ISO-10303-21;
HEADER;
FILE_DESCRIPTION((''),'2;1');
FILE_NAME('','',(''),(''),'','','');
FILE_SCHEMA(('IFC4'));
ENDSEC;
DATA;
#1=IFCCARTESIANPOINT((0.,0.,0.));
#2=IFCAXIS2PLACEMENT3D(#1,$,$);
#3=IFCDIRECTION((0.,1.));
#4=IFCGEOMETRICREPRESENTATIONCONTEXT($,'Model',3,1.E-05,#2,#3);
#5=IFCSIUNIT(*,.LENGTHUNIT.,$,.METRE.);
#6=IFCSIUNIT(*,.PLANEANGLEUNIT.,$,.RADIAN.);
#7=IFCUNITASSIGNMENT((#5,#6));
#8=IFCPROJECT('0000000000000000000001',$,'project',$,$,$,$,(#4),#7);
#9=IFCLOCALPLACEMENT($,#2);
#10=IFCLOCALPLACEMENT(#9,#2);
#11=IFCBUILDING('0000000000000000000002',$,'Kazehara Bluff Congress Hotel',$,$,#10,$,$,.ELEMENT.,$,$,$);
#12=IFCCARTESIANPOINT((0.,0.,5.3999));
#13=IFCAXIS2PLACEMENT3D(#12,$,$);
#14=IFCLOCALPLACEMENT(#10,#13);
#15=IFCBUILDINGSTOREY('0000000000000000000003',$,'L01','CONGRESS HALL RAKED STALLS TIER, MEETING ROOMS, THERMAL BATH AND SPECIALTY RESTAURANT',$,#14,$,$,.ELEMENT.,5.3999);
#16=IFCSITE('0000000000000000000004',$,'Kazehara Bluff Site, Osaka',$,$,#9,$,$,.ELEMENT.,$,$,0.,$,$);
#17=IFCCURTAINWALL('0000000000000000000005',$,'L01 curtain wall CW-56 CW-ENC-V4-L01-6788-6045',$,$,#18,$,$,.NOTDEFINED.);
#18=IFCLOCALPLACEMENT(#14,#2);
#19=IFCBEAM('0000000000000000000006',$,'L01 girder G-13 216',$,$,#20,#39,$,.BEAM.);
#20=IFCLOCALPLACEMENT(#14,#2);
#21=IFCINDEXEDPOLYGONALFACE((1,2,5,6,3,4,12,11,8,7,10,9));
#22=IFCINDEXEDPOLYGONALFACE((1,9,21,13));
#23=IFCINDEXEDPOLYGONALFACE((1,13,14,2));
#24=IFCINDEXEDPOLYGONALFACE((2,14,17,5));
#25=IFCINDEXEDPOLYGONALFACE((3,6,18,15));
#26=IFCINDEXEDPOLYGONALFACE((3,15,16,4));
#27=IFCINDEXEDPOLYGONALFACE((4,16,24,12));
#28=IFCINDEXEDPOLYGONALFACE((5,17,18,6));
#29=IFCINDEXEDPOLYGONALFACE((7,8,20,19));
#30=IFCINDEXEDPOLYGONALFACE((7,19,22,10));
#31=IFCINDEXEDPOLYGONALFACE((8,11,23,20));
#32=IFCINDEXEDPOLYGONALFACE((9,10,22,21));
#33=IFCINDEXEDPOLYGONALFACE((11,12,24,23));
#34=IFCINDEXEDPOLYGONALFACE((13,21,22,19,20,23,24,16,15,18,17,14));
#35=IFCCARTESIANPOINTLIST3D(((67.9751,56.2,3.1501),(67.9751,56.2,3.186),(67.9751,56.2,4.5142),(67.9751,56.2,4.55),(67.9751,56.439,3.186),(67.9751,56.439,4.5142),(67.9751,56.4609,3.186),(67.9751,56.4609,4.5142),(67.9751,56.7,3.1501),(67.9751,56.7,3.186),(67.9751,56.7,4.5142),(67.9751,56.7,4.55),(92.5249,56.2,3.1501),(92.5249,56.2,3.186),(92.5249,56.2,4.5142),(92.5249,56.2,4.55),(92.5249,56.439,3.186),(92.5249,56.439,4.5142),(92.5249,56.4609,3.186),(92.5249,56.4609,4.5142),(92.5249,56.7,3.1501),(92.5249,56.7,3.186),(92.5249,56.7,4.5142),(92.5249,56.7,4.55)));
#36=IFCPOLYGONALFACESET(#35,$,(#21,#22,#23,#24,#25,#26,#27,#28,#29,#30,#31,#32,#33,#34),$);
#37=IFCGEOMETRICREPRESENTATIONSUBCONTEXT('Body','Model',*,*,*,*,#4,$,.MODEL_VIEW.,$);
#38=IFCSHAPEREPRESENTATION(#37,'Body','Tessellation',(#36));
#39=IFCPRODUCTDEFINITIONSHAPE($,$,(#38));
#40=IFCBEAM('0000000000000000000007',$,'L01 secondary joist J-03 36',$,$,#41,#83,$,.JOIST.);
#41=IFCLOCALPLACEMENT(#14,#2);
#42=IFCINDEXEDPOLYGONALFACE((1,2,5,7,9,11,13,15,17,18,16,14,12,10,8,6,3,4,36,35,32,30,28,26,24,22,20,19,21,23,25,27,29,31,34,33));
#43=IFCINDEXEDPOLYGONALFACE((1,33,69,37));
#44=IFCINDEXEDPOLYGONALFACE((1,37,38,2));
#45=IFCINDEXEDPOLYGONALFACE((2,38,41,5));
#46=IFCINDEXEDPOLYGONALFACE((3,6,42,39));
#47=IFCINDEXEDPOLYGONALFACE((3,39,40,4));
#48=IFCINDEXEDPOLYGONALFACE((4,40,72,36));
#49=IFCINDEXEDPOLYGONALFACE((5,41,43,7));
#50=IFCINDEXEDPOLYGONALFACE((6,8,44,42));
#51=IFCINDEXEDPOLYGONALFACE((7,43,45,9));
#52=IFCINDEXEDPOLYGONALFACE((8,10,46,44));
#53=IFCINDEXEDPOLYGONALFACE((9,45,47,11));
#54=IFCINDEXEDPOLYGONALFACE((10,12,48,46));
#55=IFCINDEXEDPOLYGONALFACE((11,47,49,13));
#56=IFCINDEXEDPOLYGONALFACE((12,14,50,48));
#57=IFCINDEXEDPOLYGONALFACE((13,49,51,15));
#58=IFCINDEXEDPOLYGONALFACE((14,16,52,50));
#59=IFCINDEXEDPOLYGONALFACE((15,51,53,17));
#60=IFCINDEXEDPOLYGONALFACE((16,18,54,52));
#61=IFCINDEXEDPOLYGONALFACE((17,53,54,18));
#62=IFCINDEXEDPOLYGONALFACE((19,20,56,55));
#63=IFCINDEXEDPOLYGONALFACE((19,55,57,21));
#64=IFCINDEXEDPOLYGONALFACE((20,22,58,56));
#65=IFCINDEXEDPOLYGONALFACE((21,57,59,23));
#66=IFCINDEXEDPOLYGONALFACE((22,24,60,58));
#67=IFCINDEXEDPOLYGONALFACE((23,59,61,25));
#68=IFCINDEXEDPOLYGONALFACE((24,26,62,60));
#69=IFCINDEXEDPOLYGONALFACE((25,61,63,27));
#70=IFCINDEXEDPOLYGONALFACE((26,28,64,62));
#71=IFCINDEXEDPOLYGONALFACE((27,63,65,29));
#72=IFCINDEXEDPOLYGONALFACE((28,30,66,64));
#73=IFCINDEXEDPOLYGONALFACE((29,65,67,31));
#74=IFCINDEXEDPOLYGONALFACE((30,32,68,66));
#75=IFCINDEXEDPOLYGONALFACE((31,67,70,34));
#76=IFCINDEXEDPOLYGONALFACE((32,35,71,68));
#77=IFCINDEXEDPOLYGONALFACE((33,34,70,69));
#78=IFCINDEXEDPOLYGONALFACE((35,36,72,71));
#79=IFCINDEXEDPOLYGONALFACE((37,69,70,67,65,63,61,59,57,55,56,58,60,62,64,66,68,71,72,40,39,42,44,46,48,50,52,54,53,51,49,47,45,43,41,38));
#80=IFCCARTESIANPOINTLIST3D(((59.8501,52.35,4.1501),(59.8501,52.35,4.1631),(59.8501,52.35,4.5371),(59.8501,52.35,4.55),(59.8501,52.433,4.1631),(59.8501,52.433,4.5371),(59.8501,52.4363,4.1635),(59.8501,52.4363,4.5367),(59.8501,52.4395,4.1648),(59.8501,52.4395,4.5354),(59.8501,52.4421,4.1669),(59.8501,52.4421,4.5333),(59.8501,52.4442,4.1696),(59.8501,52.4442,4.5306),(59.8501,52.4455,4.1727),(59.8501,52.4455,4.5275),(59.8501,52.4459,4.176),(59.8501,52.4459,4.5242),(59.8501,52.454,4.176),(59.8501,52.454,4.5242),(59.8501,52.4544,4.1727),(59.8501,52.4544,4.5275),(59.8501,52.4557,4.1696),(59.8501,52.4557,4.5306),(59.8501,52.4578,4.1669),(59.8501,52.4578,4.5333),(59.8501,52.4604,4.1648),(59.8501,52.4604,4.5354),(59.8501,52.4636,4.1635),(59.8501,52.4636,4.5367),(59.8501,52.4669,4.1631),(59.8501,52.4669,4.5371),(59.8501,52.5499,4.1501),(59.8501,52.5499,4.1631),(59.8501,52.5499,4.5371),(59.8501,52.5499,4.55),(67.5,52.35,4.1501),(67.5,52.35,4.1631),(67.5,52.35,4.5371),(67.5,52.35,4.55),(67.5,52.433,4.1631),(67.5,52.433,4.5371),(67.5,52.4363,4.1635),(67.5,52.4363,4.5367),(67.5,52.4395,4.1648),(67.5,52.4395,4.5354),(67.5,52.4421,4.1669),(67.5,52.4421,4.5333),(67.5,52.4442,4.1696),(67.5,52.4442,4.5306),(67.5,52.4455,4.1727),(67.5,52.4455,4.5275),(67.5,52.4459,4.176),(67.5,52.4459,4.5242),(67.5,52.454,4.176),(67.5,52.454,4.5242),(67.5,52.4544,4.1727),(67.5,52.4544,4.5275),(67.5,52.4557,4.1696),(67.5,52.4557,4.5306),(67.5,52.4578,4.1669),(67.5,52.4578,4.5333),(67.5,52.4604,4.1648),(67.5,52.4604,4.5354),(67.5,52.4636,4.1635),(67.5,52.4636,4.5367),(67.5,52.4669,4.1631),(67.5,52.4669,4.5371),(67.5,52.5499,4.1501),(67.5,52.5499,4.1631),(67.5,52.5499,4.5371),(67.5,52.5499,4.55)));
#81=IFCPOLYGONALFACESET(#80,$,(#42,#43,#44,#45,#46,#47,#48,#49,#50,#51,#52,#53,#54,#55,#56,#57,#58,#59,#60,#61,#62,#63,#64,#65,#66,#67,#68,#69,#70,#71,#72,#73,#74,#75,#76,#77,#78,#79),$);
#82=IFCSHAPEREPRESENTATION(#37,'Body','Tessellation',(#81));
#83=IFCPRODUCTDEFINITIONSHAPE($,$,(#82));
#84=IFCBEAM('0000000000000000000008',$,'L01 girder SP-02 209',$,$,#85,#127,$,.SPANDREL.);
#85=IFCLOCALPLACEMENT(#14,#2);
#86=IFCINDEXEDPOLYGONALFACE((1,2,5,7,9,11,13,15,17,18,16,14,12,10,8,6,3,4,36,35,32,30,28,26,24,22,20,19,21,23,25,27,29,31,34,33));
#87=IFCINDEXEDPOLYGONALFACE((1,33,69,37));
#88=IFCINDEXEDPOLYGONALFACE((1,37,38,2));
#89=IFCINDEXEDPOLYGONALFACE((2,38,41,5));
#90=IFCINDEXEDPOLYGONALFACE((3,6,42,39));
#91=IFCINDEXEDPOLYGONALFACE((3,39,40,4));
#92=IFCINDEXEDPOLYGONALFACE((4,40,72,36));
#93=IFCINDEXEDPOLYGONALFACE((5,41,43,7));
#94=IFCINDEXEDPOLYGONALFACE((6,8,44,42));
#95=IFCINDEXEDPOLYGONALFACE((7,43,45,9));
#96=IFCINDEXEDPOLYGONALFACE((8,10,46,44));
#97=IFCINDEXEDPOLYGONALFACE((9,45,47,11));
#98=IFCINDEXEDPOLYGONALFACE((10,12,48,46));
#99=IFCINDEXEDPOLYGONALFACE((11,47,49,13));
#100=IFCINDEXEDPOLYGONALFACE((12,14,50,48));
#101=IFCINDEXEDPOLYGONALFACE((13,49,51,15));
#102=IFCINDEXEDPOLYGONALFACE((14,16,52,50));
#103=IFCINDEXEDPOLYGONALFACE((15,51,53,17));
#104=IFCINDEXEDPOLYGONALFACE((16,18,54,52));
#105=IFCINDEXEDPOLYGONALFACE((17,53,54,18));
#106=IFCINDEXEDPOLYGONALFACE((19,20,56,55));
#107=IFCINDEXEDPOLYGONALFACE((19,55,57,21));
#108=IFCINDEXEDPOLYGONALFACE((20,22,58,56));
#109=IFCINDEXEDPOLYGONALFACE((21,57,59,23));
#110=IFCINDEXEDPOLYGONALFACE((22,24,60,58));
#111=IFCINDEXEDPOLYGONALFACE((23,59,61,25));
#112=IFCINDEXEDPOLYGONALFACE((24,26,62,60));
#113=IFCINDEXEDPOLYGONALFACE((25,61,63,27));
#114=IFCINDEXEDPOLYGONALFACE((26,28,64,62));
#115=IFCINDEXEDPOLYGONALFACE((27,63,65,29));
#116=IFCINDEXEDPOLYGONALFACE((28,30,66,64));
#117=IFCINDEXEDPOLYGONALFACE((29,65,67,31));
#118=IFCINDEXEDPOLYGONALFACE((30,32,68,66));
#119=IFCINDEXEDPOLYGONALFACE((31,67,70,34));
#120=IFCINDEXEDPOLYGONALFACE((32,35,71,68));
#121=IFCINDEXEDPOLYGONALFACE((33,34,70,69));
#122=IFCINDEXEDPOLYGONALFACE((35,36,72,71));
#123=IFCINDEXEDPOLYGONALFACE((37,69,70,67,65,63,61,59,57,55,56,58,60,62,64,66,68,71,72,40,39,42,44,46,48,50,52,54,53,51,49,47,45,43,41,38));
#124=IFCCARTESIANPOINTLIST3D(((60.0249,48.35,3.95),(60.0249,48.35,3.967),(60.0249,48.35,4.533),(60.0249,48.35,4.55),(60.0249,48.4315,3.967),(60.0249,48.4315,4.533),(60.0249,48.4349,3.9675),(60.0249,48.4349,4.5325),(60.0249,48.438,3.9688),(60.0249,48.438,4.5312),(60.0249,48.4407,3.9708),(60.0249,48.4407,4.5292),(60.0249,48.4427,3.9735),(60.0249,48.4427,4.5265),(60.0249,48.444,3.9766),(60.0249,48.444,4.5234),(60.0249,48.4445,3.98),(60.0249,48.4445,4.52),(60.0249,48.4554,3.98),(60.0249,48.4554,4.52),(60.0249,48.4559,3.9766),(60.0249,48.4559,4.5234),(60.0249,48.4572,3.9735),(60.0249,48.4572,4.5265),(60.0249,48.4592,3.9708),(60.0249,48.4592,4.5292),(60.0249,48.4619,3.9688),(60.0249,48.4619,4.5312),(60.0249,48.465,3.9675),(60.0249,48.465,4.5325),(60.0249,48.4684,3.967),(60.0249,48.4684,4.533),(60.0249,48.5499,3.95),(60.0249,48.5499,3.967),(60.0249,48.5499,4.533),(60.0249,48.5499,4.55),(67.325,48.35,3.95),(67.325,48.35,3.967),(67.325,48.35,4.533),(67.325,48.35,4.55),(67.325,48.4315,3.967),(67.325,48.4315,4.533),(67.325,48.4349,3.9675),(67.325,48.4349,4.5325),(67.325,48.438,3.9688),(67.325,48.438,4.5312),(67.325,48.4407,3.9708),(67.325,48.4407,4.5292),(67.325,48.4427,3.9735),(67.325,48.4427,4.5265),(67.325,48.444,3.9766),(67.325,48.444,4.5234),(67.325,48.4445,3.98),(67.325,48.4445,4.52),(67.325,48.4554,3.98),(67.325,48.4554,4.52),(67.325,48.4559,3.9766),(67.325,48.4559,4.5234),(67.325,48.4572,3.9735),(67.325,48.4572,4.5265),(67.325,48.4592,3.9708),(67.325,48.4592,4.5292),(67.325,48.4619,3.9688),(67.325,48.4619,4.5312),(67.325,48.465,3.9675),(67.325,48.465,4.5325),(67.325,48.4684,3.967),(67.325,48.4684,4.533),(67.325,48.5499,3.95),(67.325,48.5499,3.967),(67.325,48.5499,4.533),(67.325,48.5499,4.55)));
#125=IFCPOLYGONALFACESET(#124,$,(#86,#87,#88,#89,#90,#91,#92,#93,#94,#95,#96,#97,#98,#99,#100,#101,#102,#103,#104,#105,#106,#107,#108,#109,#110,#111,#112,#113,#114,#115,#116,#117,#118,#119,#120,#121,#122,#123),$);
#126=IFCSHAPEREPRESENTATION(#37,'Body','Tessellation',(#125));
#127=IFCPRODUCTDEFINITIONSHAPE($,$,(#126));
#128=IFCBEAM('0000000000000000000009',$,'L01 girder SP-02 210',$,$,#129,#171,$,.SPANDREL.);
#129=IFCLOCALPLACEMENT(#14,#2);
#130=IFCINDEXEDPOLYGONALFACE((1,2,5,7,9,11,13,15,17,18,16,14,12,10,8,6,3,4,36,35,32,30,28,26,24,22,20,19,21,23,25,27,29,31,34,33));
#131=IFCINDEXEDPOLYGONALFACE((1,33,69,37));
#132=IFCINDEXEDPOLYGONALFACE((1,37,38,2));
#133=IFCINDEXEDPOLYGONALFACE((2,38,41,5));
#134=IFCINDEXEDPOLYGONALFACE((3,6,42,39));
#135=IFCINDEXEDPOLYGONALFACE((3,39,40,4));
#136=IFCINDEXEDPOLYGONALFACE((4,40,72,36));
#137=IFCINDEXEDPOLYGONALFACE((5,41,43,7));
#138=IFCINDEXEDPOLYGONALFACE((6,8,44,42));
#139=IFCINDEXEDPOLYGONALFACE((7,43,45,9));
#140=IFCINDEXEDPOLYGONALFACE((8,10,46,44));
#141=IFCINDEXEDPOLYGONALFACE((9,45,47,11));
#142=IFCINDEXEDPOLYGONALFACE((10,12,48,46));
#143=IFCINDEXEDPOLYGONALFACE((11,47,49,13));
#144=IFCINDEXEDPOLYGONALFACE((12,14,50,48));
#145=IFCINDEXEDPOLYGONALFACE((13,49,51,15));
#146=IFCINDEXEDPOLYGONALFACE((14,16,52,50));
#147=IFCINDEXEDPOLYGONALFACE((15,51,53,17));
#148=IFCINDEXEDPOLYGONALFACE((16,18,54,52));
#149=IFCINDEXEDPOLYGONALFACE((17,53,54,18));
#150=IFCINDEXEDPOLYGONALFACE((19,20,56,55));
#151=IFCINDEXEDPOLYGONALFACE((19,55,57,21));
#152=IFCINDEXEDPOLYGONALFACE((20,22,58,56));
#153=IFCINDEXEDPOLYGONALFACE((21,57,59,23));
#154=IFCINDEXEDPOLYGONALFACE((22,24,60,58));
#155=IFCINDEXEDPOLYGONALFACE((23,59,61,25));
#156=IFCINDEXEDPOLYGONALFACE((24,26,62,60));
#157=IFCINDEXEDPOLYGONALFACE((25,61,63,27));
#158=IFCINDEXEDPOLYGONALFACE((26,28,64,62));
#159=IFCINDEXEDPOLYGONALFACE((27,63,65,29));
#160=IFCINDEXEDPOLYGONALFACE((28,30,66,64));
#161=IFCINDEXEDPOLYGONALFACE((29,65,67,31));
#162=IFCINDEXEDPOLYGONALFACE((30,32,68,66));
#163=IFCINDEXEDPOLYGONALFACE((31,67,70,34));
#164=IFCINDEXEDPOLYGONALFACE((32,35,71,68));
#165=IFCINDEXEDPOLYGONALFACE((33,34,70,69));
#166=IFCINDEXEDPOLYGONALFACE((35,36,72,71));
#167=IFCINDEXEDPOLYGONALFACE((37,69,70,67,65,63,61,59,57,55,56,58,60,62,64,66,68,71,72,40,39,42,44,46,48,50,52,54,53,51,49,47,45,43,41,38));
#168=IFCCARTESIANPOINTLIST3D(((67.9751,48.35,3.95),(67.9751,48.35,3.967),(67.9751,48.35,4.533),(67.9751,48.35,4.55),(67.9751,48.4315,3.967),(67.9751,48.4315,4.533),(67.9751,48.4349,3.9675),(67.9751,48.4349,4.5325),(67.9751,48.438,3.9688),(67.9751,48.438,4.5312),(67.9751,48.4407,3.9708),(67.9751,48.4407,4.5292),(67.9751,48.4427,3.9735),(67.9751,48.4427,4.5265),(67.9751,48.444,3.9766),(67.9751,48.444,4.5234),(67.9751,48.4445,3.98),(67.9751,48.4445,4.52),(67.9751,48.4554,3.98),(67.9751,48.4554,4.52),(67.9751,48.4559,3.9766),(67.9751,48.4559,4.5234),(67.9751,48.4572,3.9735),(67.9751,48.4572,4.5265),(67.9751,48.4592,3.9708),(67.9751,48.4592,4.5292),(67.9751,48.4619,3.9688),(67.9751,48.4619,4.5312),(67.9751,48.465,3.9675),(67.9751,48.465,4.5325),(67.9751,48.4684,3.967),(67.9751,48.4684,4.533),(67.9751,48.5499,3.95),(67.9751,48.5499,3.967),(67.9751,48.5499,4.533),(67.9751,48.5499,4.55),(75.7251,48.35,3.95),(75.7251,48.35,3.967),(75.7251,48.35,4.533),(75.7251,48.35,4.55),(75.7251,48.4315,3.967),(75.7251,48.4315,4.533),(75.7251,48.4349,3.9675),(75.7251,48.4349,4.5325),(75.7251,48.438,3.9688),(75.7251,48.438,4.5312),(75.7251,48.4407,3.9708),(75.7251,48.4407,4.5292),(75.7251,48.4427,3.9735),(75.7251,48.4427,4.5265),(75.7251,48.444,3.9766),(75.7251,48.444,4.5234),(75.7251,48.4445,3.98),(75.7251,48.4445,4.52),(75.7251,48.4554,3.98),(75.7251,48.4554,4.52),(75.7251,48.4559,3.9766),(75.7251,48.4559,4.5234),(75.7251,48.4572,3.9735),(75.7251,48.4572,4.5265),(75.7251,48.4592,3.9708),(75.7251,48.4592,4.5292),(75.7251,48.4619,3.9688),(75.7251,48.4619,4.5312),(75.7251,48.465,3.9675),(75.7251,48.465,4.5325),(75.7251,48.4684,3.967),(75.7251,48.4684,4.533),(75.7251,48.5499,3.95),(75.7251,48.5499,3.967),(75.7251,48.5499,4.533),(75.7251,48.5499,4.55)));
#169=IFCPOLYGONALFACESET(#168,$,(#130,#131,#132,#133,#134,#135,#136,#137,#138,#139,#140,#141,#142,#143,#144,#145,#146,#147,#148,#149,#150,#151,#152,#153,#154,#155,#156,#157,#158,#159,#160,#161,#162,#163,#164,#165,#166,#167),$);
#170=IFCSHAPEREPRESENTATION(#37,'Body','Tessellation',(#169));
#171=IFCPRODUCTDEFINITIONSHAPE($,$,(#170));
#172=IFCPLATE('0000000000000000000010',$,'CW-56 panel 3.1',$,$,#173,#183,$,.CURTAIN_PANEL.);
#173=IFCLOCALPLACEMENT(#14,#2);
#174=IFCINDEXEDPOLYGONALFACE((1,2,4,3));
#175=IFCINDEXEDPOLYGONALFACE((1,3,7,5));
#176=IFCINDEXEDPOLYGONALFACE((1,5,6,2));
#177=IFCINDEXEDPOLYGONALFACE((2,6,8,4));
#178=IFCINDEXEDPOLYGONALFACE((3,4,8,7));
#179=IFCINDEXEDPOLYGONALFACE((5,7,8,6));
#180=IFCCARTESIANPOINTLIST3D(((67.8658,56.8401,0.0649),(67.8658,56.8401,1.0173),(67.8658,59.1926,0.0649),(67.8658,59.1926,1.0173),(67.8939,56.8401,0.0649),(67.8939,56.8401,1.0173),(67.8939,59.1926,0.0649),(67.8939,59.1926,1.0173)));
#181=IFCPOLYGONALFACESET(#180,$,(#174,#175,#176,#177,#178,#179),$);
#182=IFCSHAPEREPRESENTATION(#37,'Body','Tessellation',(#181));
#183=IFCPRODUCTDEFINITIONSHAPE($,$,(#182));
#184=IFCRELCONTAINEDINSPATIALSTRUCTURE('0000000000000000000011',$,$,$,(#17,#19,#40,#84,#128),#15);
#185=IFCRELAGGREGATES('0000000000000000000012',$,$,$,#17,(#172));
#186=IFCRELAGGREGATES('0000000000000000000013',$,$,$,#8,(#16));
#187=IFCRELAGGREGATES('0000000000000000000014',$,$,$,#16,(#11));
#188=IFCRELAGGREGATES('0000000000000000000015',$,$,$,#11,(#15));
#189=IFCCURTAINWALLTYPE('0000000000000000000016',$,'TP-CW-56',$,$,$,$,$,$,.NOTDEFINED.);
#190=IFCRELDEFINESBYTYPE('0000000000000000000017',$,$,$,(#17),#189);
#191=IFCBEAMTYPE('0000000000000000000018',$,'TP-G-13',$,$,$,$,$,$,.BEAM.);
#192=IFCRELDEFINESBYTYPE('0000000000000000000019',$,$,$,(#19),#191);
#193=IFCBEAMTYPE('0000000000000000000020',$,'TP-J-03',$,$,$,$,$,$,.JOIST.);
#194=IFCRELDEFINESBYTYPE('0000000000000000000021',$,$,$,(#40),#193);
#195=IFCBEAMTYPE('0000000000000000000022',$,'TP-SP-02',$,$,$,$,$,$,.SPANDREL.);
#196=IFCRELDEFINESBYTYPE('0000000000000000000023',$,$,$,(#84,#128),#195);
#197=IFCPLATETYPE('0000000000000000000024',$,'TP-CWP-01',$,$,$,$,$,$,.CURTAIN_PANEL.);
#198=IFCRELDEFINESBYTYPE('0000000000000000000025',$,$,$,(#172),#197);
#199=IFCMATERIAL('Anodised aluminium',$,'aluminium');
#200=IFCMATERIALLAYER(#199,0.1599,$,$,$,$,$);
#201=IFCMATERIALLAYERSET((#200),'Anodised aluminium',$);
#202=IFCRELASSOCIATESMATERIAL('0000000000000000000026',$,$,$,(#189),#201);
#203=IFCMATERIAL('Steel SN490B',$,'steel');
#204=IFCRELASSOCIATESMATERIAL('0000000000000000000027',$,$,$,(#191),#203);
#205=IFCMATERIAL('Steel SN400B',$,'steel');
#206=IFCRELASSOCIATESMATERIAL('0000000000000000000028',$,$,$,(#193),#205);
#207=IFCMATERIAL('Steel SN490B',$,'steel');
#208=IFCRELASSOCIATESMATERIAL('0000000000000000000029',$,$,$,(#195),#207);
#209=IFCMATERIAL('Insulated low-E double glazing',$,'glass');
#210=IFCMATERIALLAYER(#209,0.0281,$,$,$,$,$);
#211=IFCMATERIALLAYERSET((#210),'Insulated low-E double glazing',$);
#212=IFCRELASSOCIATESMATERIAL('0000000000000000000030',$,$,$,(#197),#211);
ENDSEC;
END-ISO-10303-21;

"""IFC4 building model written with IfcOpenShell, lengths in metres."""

from ifc_helpers import new_model, si_unit, direction, frame, origin, origin_2d, place, context, subcontext, project, spatial, rectangle, i_section, extrude, material, layer, layer_set, material_profile, profile_set, type_object, element, aggregate, save


model = new_model("IFC4")

# Units and contexts
model_context = context("Model", 3, precision=1e-05, world=origin(), true_north=direction((0.0, 1.0)))
body_context = subcontext(model_context, "Body", "Model", "MODEL_VIEW")
ifc_project = project(units=[si_unit("LENGTHUNIT", "METRE"), si_unit("PLANEANGLEUNIT", "RADIAN")], contexts=[model_context])

# Site, building, storey
site_placement = place(None, origin())
site = spatial("IfcSite", under=ifc_project, at=site_placement, Name="Kazehara Bluff Site, Osaka", CompositionType="ELEMENT", RefElevation=0.0)
building_placement = place(site_placement, origin())
building = spatial("IfcBuilding", under=site, at=building_placement, Name="Kazehara Bluff Congress Hotel", CompositionType="ELEMENT")
storey_placement = place(building_placement, frame((0.0, 0.0, 5.3999)))
storey = spatial("IfcBuildingStorey", under=building, at=storey_placement, Name="L01", Description="CONGRESS HALL RAKED STALLS TIER, MEETING ROOMS, THERMAL BATH AND SPECIALTY RESTAURANT", CompositionType="ELEMENT", Elevation=5.3999)

# Curtain wall
ifc_material_1 = material(Name="Anodised aluminium", Category="aluminium")
ifc_layer_1 = layer(ifc_material_1, 0.1599)
ifc_layer_set_1 = layer_set([ifc_layer_1], Name="Anodised aluminium")
curtain_wall_type_1 = type_object("IfcCurtainWallType", Name="TP-CW-56", PredefinedType="NOTDEFINED", material=ifc_layer_set_1)
curtain_wall_1_placement = place(storey_placement, origin())
curtain_wall_1 = element("IfcCurtainWall", 1, at=curtain_wall_1_placement, inside=storey, type_object=curtain_wall_type_1, Name="L01 curtain wall CW-56 CW-ENC-V4-L01-6788-6045", PredefinedType="NOTDEFINED")

# Beams
ifc_material_2 = material(Name="Steel SN490B", Category="steel")
ifc_material_profile_1 = material_profile(ifc_material_2, i_section(OverallWidth=0.5, OverallDepth=1.3999, WebThickness=0.022, FlangeThickness=0.0359, at=origin_2d()))
ifc_profile_set_1 = profile_set([ifc_material_profile_1], Name="Steel SN490B")
beam_type_1 = type_object("IfcBeamType", Name="TP-G-13", PredefinedType="BEAM", material=ifc_profile_set_1)
beam_1_placement = place(storey_placement, frame((67.9751, 56.45, 3.8501), z_axis=(1.0, 0.0, 0.0), x_axis=(0.0, 1.0, 0.0)))
element("IfcBeam", 2, at=beam_1_placement, inside=storey, type_object=beam_type_1, Name="L01 girder G-13 216", PredefinedType="BEAM", context=body_context, shape_type="SweptSolid", body=[
    extrude(i_section(OverallWidth=0.5, OverallDepth=1.3999, WebThickness=0.022, FlangeThickness=0.0359, at=origin_2d()), origin(), (0.0, 0.0, 1.0), 24.5498),
])
ifc_material_3 = material(Name="Steel SN400B", Category="steel")
ifc_material_profile_2 = material_profile(ifc_material_3, i_section(OverallWidth=0.2, OverallDepth=0.3999, WebThickness=0.0081, FlangeThickness=0.0129, FilletRadius=0.0129, at=origin_2d()))
ifc_profile_set_2 = profile_set([ifc_material_profile_2], Name="Steel SN400B")
beam_type_2 = type_object("IfcBeamType", Name="TP-J-03", PredefinedType="JOIST", material=ifc_profile_set_2)
beam_2_placement = place(storey_placement, frame((59.8501, 52.45, 4.3501), z_axis=(1.0, 0.0, 0.0), x_axis=(0.0, 1.0, 0.0)))
element("IfcBeam", 3, at=beam_2_placement, inside=storey, type_object=beam_type_2, Name="L01 secondary joist J-03 36", PredefinedType="JOIST", context=body_context, shape_type="SweptSolid", body=[
    extrude(i_section(OverallWidth=0.2, OverallDepth=0.3999, WebThickness=0.0081, FlangeThickness=0.0129, FilletRadius=0.0129, at=origin_2d()), origin(), (0.0, 0.0, 1.0), 7.6499),
])
ifc_material_4 = material(Name="Steel SN490B", Category="steel")
ifc_material_profile_3 = material_profile(ifc_material_4, i_section(OverallWidth=0.2, OverallDepth=0.6001, WebThickness=0.011, FlangeThickness=0.0171, FilletRadius=0.0129, at=origin_2d()))
ifc_profile_set_3 = profile_set([ifc_material_profile_3], Name="Steel SN490B")
beam_type_3 = type_object("IfcBeamType", Name="TP-SP-02", PredefinedType="SPANDREL", material=ifc_profile_set_3)
beam_3_placement = place(storey_placement, frame((60.0249, 48.45, 4.25), z_axis=(1.0, 0.0, 0.0), x_axis=(0.0, 1.0, 0.0)))
element("IfcBeam", 4, at=beam_3_placement, inside=storey, type_object=beam_type_3, Name="L01 girder SP-02 209", PredefinedType="SPANDREL", context=body_context, shape_type="SweptSolid", body=[
    extrude(i_section(OverallWidth=0.2, OverallDepth=0.6001, WebThickness=0.011, FlangeThickness=0.0171, FilletRadius=0.0129, at=origin_2d()), origin(), (0.0, 0.0, 1.0), 7.3),
])
beam_4_placement = place(storey_placement, frame((67.9751, 48.45, 4.25), z_axis=(1.0, 0.0, 0.0), x_axis=(0.0, 1.0, 0.0)))
element("IfcBeam", 5, at=beam_4_placement, inside=storey, type_object=beam_type_3, Name="L01 girder SP-02 210", PredefinedType="SPANDREL", context=body_context, shape_type="SweptSolid", body=[
    extrude(i_section(OverallWidth=0.2, OverallDepth=0.6001, WebThickness=0.011, FlangeThickness=0.0171, FilletRadius=0.0129, at=origin_2d()), origin(), (0.0, 0.0, 1.0), 7.75),
])

# Plate
ifc_material_5 = material(Name="Insulated low-E double glazing", Category="glass")
ifc_layer_2 = layer(ifc_material_5, 0.0281)
ifc_layer_set_2 = layer_set([ifc_layer_2], Name="Insulated low-E double glazing")
plate_type = type_object("IfcPlateType", Name="TP-CWP-01", PredefinedType="CURTAIN_PANEL", material=ifc_layer_set_2)
plate_1_placement = place(storey_placement, frame((67.8799, 58.0164, 0.0649), z_axis=(0.0, 0.0, 1.0), x_axis=(0.0, -1.0, 0.0)))
plate_1 = element("IfcPlate", 6, at=plate_1_placement, type_object=plate_type, Name="CW-56 panel 3.1", PredefinedType="CURTAIN_PANEL", context=body_context, shape_type="SweptSolid", body=[
    extrude(rectangle(XDim=2.3525, YDim=0.0281, at=origin_2d()), origin(), (0.0, 0.0, 1.0), 0.9524),
])
aggregate(curtain_wall_1, [plate_1])

save(model, "model.ifc")
